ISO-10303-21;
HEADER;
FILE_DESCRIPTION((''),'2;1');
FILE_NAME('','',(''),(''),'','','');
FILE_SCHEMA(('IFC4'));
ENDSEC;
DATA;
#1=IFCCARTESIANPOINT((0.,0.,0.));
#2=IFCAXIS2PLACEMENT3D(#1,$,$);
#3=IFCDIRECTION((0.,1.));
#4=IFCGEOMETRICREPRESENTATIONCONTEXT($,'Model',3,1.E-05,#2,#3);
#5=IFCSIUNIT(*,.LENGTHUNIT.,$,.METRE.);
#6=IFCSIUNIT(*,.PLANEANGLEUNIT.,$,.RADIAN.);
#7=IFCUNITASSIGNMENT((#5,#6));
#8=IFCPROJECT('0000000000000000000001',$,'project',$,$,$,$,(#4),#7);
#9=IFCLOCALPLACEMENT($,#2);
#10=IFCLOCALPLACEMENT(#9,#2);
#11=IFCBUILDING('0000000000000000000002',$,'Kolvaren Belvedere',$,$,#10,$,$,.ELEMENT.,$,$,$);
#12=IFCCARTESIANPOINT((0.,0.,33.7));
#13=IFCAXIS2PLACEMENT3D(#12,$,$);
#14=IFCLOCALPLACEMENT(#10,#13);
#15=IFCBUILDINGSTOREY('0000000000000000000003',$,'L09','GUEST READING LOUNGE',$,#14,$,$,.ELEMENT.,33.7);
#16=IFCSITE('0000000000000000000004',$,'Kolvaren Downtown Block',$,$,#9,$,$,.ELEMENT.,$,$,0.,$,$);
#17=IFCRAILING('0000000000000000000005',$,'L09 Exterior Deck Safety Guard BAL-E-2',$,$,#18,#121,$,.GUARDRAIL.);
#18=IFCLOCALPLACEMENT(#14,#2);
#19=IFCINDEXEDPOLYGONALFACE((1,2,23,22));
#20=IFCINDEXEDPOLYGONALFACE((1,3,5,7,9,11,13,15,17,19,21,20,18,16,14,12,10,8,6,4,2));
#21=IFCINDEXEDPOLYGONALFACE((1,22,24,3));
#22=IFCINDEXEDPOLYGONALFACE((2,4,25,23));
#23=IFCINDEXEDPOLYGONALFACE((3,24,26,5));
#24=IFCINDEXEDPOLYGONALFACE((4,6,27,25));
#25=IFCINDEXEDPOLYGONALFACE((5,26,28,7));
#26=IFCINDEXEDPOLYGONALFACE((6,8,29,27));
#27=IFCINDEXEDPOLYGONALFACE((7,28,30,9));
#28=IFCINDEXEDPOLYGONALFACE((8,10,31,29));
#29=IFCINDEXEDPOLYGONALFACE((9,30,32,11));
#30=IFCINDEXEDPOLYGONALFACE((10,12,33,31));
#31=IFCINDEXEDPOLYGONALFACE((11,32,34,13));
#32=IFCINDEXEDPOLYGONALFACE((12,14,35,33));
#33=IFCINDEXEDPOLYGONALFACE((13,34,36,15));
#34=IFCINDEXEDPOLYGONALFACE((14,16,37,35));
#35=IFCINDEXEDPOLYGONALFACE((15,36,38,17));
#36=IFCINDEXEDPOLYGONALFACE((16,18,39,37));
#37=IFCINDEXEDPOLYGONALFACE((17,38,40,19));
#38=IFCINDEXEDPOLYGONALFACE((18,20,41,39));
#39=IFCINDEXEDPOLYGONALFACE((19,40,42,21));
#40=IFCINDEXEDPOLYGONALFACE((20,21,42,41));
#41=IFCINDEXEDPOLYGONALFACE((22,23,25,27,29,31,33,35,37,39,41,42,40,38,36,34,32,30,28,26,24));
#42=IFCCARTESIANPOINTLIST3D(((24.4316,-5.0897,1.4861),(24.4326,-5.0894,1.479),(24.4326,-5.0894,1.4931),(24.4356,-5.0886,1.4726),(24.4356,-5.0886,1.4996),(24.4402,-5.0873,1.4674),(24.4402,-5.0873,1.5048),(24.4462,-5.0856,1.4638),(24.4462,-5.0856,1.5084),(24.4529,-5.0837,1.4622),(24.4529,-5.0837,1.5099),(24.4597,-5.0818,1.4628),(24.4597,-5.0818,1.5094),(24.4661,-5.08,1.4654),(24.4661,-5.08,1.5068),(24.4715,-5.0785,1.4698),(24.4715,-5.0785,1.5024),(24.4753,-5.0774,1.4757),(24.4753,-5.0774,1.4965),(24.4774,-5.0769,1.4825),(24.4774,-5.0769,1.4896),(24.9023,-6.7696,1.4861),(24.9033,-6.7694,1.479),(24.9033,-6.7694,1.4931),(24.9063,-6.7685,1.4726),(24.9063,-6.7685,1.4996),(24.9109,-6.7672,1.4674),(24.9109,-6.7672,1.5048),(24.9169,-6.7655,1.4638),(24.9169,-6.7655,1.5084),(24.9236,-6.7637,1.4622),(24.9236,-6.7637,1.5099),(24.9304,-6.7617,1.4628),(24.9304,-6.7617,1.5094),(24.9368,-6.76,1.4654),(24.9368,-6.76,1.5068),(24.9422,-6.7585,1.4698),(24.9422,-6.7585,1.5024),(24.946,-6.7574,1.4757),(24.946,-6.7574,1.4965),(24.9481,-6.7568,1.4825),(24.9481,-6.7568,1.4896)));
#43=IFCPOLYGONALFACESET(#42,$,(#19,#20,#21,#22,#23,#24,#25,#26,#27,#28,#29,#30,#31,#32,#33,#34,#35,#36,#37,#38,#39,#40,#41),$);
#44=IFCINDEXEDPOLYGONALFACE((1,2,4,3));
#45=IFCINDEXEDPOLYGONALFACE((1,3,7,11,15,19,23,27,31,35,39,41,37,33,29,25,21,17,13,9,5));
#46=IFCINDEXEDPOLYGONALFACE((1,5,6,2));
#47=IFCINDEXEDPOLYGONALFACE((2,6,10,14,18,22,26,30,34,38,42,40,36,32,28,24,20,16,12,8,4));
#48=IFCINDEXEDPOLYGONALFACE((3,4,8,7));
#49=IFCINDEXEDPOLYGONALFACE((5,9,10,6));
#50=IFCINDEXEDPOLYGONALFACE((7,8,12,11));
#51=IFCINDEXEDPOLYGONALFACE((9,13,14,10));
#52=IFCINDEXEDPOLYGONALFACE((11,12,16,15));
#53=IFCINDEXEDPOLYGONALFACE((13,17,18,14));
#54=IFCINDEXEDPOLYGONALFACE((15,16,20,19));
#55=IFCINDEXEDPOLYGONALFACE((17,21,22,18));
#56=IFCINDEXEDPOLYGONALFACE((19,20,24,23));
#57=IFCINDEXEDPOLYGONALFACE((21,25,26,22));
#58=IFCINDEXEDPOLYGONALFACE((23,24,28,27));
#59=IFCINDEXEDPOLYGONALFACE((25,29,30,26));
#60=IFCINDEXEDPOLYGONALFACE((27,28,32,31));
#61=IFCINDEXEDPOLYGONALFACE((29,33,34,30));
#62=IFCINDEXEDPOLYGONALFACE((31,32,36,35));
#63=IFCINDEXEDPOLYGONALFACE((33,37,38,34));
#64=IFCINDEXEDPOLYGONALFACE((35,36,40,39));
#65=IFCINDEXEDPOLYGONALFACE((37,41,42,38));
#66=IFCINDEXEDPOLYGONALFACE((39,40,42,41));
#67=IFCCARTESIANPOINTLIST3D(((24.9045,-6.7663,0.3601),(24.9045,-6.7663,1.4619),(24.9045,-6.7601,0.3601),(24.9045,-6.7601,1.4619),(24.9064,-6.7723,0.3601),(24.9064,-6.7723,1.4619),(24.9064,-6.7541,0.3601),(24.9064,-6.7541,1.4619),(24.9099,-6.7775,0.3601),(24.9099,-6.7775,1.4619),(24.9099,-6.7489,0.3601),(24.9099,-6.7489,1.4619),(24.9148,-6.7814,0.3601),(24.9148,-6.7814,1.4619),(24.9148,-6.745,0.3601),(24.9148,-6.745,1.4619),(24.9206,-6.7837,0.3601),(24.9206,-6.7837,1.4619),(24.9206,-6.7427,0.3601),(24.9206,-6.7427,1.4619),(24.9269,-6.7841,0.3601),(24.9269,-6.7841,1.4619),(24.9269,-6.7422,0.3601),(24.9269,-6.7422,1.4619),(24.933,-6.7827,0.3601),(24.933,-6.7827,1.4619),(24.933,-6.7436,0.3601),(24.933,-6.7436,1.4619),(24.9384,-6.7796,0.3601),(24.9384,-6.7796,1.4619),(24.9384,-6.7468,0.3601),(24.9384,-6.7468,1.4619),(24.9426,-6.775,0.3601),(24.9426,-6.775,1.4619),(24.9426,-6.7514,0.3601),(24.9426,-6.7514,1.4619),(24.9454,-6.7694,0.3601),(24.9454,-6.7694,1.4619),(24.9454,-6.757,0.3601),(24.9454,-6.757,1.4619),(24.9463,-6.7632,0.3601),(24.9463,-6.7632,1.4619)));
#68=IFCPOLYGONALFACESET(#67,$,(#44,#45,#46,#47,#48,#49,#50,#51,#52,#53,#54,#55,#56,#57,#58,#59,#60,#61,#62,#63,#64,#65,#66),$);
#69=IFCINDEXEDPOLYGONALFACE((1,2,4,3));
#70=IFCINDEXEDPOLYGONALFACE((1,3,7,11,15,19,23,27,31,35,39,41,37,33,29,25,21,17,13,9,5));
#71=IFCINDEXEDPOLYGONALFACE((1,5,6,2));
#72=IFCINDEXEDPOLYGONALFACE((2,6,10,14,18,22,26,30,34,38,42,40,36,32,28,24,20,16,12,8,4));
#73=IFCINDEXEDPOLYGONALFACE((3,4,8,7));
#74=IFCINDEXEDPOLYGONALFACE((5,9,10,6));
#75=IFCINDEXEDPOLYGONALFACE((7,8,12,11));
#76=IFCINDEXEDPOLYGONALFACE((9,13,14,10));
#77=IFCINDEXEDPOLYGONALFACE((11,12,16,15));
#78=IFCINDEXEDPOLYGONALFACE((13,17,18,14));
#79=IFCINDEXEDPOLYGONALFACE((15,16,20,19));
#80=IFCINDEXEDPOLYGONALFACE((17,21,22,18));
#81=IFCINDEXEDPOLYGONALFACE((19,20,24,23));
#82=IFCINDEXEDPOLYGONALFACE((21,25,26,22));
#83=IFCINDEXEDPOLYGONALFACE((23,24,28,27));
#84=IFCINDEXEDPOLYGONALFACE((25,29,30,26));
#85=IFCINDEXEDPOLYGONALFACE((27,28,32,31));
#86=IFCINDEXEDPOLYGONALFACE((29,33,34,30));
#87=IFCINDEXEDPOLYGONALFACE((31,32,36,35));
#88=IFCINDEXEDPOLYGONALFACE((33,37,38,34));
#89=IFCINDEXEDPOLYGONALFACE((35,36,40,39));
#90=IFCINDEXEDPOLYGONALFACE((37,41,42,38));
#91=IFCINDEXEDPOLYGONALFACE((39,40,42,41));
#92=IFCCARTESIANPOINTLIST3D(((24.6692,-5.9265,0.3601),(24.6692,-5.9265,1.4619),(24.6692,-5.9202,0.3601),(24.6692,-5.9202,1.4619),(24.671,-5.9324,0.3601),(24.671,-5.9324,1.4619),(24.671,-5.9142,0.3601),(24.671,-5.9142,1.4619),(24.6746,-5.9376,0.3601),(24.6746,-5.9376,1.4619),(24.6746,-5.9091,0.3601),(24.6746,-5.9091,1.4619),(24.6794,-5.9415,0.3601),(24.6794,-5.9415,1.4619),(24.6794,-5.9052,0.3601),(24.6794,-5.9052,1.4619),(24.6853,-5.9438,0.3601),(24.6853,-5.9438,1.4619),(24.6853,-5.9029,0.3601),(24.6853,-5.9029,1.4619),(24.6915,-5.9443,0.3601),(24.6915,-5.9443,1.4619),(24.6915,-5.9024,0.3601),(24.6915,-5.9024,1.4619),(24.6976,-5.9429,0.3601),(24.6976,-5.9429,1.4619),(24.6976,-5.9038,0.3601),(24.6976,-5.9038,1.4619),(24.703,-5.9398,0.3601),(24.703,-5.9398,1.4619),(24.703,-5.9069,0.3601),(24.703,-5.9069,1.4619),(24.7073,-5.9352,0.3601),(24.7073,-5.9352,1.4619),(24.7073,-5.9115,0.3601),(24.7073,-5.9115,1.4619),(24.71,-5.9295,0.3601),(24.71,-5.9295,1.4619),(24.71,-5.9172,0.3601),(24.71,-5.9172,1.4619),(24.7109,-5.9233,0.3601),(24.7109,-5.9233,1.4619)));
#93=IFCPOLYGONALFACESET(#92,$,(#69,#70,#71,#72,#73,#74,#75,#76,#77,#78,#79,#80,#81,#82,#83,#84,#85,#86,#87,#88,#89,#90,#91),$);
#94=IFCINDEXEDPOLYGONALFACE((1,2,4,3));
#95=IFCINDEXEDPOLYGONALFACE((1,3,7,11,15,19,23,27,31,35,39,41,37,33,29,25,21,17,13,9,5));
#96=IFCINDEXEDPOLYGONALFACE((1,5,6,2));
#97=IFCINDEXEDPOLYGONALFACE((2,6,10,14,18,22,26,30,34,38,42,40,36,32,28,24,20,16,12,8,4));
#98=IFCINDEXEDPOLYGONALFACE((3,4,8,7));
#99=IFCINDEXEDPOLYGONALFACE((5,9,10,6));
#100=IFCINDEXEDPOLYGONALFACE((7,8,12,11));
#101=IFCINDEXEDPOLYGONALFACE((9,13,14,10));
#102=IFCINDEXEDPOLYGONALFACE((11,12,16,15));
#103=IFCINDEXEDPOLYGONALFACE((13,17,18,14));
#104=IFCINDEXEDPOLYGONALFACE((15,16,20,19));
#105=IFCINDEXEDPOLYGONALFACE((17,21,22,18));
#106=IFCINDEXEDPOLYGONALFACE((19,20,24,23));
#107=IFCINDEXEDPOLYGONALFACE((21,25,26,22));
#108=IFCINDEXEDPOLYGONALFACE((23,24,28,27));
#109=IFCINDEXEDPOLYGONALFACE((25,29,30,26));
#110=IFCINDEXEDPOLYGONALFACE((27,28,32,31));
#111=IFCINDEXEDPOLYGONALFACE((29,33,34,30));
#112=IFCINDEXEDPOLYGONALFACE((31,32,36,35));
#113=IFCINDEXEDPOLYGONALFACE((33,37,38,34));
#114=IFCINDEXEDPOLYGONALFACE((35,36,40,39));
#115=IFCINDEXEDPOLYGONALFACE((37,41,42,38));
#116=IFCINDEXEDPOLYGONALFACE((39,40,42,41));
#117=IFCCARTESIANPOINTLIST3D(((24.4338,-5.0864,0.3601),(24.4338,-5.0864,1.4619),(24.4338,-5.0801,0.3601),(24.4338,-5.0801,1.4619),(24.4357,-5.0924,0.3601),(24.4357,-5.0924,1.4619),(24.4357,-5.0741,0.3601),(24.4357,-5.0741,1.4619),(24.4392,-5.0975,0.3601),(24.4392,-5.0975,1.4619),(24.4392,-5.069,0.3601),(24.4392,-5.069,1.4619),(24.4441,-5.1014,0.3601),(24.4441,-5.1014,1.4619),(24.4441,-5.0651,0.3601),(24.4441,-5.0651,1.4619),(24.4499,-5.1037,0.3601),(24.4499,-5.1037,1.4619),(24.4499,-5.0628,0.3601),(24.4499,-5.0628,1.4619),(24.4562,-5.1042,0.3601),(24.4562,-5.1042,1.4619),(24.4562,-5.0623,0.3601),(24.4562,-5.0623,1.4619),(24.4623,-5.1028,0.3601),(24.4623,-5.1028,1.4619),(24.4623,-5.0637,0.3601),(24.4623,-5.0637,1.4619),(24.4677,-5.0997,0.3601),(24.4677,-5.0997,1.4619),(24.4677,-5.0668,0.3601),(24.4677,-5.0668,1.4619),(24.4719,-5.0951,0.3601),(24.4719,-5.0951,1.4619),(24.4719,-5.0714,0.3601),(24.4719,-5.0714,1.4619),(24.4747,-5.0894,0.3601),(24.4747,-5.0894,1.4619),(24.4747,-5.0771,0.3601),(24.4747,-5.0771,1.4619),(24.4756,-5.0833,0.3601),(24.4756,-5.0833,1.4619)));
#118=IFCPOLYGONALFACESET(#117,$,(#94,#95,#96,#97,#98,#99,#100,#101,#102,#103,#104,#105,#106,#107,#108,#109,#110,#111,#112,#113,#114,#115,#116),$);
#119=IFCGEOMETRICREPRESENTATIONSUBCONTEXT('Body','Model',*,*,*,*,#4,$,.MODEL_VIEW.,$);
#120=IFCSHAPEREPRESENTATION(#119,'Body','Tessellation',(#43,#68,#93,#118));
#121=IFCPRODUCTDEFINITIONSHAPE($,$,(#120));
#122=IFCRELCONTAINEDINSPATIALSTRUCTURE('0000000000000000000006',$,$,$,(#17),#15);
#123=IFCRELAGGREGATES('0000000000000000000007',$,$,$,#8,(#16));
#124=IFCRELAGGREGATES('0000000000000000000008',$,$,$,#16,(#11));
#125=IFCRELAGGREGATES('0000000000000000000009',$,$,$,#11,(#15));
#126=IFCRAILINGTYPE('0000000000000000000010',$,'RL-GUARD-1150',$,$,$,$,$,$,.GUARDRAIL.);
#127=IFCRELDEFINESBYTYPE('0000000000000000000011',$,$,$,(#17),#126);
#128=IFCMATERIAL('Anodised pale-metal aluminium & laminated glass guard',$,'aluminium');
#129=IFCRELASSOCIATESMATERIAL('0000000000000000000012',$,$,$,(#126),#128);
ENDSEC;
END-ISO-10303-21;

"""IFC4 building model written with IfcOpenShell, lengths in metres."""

from ifc_helpers import new_model, si_unit, direction, frame, origin, origin_2d, place, context, subcontext, project, spatial, circle, extrude, material, type_object, element, save


model = new_model("IFC4")

# Units and contexts
model_context = context("Model", 3, precision=1e-05, world=origin(), true_north=direction((0.0, 1.0)))
body_context = subcontext(model_context, "Body", "Model", "MODEL_VIEW")
ifc_project = project(units=[si_unit("LENGTHUNIT", "METRE"), si_unit("PLANEANGLEUNIT", "RADIAN")], contexts=[model_context])

# Site, building, storey
site_placement = place(None, origin())
site = spatial("IfcSite", under=ifc_project, at=site_placement, Name="Kolvaren Downtown Block", CompositionType="ELEMENT", RefElevation=0.0)
building_placement = place(site_placement, origin())
building = spatial("IfcBuilding", under=site, at=building_placement, Name="Kolvaren Belvedere", CompositionType="ELEMENT")
storey_placement = place(building_placement, frame((0.0, 0.0, 33.7)))
storey = spatial("IfcBuildingStorey", under=building, at=storey_placement, Name="L09", Description="GUEST READING LOUNGE", CompositionType="ELEMENT", Elevation=33.7)

# Railing
ifc_material_1 = material(Name="Anodised pale-metal aluminium & laminated glass guard", Category="aluminium")
railing_type = type_object("IfcRailingType", Name="RL-GUARD-1150", PredefinedType="GUARDRAIL", material=ifc_material_1)
railing_1_placement = place(storey_placement, frame((24.9253, -6.7632, 0.3601)))
element("IfcRailing", 1, at=railing_1_placement, inside=storey, type_object=railing_type, Name="L09 Exterior Deck Safety Guard BAL-E-2", PredefinedType="GUARDRAIL", context=body_context, shape_type="SweptSolid", body=[
    extrude(circle(Radius=0.0239, at=origin_2d()), frame((0.0, 0.0, 1.126), z_axis=(-0.269801, 0.962916, 0.0), x_axis=(-0.962916, -0.269801, 0.0)), (0.0, 0.0, 1.0), 1.7446),
    extrude(circle(Radius=0.021, at=origin_2d()), origin(), (0.0, 0.0, 1.0), 1.1018),
    extrude(circle(Radius=0.021, at=origin_2d()), frame((-0.2354, 0.8398, 0.0)), (0.0, 0.0, 1.0), 1.1018),
    extrude(circle(Radius=0.021, at=origin_2d()), frame((-0.4707, 1.6799, 0.0)), (0.0, 0.0, 1.0), 1.1018),
])

save(model, "model.ifc")
